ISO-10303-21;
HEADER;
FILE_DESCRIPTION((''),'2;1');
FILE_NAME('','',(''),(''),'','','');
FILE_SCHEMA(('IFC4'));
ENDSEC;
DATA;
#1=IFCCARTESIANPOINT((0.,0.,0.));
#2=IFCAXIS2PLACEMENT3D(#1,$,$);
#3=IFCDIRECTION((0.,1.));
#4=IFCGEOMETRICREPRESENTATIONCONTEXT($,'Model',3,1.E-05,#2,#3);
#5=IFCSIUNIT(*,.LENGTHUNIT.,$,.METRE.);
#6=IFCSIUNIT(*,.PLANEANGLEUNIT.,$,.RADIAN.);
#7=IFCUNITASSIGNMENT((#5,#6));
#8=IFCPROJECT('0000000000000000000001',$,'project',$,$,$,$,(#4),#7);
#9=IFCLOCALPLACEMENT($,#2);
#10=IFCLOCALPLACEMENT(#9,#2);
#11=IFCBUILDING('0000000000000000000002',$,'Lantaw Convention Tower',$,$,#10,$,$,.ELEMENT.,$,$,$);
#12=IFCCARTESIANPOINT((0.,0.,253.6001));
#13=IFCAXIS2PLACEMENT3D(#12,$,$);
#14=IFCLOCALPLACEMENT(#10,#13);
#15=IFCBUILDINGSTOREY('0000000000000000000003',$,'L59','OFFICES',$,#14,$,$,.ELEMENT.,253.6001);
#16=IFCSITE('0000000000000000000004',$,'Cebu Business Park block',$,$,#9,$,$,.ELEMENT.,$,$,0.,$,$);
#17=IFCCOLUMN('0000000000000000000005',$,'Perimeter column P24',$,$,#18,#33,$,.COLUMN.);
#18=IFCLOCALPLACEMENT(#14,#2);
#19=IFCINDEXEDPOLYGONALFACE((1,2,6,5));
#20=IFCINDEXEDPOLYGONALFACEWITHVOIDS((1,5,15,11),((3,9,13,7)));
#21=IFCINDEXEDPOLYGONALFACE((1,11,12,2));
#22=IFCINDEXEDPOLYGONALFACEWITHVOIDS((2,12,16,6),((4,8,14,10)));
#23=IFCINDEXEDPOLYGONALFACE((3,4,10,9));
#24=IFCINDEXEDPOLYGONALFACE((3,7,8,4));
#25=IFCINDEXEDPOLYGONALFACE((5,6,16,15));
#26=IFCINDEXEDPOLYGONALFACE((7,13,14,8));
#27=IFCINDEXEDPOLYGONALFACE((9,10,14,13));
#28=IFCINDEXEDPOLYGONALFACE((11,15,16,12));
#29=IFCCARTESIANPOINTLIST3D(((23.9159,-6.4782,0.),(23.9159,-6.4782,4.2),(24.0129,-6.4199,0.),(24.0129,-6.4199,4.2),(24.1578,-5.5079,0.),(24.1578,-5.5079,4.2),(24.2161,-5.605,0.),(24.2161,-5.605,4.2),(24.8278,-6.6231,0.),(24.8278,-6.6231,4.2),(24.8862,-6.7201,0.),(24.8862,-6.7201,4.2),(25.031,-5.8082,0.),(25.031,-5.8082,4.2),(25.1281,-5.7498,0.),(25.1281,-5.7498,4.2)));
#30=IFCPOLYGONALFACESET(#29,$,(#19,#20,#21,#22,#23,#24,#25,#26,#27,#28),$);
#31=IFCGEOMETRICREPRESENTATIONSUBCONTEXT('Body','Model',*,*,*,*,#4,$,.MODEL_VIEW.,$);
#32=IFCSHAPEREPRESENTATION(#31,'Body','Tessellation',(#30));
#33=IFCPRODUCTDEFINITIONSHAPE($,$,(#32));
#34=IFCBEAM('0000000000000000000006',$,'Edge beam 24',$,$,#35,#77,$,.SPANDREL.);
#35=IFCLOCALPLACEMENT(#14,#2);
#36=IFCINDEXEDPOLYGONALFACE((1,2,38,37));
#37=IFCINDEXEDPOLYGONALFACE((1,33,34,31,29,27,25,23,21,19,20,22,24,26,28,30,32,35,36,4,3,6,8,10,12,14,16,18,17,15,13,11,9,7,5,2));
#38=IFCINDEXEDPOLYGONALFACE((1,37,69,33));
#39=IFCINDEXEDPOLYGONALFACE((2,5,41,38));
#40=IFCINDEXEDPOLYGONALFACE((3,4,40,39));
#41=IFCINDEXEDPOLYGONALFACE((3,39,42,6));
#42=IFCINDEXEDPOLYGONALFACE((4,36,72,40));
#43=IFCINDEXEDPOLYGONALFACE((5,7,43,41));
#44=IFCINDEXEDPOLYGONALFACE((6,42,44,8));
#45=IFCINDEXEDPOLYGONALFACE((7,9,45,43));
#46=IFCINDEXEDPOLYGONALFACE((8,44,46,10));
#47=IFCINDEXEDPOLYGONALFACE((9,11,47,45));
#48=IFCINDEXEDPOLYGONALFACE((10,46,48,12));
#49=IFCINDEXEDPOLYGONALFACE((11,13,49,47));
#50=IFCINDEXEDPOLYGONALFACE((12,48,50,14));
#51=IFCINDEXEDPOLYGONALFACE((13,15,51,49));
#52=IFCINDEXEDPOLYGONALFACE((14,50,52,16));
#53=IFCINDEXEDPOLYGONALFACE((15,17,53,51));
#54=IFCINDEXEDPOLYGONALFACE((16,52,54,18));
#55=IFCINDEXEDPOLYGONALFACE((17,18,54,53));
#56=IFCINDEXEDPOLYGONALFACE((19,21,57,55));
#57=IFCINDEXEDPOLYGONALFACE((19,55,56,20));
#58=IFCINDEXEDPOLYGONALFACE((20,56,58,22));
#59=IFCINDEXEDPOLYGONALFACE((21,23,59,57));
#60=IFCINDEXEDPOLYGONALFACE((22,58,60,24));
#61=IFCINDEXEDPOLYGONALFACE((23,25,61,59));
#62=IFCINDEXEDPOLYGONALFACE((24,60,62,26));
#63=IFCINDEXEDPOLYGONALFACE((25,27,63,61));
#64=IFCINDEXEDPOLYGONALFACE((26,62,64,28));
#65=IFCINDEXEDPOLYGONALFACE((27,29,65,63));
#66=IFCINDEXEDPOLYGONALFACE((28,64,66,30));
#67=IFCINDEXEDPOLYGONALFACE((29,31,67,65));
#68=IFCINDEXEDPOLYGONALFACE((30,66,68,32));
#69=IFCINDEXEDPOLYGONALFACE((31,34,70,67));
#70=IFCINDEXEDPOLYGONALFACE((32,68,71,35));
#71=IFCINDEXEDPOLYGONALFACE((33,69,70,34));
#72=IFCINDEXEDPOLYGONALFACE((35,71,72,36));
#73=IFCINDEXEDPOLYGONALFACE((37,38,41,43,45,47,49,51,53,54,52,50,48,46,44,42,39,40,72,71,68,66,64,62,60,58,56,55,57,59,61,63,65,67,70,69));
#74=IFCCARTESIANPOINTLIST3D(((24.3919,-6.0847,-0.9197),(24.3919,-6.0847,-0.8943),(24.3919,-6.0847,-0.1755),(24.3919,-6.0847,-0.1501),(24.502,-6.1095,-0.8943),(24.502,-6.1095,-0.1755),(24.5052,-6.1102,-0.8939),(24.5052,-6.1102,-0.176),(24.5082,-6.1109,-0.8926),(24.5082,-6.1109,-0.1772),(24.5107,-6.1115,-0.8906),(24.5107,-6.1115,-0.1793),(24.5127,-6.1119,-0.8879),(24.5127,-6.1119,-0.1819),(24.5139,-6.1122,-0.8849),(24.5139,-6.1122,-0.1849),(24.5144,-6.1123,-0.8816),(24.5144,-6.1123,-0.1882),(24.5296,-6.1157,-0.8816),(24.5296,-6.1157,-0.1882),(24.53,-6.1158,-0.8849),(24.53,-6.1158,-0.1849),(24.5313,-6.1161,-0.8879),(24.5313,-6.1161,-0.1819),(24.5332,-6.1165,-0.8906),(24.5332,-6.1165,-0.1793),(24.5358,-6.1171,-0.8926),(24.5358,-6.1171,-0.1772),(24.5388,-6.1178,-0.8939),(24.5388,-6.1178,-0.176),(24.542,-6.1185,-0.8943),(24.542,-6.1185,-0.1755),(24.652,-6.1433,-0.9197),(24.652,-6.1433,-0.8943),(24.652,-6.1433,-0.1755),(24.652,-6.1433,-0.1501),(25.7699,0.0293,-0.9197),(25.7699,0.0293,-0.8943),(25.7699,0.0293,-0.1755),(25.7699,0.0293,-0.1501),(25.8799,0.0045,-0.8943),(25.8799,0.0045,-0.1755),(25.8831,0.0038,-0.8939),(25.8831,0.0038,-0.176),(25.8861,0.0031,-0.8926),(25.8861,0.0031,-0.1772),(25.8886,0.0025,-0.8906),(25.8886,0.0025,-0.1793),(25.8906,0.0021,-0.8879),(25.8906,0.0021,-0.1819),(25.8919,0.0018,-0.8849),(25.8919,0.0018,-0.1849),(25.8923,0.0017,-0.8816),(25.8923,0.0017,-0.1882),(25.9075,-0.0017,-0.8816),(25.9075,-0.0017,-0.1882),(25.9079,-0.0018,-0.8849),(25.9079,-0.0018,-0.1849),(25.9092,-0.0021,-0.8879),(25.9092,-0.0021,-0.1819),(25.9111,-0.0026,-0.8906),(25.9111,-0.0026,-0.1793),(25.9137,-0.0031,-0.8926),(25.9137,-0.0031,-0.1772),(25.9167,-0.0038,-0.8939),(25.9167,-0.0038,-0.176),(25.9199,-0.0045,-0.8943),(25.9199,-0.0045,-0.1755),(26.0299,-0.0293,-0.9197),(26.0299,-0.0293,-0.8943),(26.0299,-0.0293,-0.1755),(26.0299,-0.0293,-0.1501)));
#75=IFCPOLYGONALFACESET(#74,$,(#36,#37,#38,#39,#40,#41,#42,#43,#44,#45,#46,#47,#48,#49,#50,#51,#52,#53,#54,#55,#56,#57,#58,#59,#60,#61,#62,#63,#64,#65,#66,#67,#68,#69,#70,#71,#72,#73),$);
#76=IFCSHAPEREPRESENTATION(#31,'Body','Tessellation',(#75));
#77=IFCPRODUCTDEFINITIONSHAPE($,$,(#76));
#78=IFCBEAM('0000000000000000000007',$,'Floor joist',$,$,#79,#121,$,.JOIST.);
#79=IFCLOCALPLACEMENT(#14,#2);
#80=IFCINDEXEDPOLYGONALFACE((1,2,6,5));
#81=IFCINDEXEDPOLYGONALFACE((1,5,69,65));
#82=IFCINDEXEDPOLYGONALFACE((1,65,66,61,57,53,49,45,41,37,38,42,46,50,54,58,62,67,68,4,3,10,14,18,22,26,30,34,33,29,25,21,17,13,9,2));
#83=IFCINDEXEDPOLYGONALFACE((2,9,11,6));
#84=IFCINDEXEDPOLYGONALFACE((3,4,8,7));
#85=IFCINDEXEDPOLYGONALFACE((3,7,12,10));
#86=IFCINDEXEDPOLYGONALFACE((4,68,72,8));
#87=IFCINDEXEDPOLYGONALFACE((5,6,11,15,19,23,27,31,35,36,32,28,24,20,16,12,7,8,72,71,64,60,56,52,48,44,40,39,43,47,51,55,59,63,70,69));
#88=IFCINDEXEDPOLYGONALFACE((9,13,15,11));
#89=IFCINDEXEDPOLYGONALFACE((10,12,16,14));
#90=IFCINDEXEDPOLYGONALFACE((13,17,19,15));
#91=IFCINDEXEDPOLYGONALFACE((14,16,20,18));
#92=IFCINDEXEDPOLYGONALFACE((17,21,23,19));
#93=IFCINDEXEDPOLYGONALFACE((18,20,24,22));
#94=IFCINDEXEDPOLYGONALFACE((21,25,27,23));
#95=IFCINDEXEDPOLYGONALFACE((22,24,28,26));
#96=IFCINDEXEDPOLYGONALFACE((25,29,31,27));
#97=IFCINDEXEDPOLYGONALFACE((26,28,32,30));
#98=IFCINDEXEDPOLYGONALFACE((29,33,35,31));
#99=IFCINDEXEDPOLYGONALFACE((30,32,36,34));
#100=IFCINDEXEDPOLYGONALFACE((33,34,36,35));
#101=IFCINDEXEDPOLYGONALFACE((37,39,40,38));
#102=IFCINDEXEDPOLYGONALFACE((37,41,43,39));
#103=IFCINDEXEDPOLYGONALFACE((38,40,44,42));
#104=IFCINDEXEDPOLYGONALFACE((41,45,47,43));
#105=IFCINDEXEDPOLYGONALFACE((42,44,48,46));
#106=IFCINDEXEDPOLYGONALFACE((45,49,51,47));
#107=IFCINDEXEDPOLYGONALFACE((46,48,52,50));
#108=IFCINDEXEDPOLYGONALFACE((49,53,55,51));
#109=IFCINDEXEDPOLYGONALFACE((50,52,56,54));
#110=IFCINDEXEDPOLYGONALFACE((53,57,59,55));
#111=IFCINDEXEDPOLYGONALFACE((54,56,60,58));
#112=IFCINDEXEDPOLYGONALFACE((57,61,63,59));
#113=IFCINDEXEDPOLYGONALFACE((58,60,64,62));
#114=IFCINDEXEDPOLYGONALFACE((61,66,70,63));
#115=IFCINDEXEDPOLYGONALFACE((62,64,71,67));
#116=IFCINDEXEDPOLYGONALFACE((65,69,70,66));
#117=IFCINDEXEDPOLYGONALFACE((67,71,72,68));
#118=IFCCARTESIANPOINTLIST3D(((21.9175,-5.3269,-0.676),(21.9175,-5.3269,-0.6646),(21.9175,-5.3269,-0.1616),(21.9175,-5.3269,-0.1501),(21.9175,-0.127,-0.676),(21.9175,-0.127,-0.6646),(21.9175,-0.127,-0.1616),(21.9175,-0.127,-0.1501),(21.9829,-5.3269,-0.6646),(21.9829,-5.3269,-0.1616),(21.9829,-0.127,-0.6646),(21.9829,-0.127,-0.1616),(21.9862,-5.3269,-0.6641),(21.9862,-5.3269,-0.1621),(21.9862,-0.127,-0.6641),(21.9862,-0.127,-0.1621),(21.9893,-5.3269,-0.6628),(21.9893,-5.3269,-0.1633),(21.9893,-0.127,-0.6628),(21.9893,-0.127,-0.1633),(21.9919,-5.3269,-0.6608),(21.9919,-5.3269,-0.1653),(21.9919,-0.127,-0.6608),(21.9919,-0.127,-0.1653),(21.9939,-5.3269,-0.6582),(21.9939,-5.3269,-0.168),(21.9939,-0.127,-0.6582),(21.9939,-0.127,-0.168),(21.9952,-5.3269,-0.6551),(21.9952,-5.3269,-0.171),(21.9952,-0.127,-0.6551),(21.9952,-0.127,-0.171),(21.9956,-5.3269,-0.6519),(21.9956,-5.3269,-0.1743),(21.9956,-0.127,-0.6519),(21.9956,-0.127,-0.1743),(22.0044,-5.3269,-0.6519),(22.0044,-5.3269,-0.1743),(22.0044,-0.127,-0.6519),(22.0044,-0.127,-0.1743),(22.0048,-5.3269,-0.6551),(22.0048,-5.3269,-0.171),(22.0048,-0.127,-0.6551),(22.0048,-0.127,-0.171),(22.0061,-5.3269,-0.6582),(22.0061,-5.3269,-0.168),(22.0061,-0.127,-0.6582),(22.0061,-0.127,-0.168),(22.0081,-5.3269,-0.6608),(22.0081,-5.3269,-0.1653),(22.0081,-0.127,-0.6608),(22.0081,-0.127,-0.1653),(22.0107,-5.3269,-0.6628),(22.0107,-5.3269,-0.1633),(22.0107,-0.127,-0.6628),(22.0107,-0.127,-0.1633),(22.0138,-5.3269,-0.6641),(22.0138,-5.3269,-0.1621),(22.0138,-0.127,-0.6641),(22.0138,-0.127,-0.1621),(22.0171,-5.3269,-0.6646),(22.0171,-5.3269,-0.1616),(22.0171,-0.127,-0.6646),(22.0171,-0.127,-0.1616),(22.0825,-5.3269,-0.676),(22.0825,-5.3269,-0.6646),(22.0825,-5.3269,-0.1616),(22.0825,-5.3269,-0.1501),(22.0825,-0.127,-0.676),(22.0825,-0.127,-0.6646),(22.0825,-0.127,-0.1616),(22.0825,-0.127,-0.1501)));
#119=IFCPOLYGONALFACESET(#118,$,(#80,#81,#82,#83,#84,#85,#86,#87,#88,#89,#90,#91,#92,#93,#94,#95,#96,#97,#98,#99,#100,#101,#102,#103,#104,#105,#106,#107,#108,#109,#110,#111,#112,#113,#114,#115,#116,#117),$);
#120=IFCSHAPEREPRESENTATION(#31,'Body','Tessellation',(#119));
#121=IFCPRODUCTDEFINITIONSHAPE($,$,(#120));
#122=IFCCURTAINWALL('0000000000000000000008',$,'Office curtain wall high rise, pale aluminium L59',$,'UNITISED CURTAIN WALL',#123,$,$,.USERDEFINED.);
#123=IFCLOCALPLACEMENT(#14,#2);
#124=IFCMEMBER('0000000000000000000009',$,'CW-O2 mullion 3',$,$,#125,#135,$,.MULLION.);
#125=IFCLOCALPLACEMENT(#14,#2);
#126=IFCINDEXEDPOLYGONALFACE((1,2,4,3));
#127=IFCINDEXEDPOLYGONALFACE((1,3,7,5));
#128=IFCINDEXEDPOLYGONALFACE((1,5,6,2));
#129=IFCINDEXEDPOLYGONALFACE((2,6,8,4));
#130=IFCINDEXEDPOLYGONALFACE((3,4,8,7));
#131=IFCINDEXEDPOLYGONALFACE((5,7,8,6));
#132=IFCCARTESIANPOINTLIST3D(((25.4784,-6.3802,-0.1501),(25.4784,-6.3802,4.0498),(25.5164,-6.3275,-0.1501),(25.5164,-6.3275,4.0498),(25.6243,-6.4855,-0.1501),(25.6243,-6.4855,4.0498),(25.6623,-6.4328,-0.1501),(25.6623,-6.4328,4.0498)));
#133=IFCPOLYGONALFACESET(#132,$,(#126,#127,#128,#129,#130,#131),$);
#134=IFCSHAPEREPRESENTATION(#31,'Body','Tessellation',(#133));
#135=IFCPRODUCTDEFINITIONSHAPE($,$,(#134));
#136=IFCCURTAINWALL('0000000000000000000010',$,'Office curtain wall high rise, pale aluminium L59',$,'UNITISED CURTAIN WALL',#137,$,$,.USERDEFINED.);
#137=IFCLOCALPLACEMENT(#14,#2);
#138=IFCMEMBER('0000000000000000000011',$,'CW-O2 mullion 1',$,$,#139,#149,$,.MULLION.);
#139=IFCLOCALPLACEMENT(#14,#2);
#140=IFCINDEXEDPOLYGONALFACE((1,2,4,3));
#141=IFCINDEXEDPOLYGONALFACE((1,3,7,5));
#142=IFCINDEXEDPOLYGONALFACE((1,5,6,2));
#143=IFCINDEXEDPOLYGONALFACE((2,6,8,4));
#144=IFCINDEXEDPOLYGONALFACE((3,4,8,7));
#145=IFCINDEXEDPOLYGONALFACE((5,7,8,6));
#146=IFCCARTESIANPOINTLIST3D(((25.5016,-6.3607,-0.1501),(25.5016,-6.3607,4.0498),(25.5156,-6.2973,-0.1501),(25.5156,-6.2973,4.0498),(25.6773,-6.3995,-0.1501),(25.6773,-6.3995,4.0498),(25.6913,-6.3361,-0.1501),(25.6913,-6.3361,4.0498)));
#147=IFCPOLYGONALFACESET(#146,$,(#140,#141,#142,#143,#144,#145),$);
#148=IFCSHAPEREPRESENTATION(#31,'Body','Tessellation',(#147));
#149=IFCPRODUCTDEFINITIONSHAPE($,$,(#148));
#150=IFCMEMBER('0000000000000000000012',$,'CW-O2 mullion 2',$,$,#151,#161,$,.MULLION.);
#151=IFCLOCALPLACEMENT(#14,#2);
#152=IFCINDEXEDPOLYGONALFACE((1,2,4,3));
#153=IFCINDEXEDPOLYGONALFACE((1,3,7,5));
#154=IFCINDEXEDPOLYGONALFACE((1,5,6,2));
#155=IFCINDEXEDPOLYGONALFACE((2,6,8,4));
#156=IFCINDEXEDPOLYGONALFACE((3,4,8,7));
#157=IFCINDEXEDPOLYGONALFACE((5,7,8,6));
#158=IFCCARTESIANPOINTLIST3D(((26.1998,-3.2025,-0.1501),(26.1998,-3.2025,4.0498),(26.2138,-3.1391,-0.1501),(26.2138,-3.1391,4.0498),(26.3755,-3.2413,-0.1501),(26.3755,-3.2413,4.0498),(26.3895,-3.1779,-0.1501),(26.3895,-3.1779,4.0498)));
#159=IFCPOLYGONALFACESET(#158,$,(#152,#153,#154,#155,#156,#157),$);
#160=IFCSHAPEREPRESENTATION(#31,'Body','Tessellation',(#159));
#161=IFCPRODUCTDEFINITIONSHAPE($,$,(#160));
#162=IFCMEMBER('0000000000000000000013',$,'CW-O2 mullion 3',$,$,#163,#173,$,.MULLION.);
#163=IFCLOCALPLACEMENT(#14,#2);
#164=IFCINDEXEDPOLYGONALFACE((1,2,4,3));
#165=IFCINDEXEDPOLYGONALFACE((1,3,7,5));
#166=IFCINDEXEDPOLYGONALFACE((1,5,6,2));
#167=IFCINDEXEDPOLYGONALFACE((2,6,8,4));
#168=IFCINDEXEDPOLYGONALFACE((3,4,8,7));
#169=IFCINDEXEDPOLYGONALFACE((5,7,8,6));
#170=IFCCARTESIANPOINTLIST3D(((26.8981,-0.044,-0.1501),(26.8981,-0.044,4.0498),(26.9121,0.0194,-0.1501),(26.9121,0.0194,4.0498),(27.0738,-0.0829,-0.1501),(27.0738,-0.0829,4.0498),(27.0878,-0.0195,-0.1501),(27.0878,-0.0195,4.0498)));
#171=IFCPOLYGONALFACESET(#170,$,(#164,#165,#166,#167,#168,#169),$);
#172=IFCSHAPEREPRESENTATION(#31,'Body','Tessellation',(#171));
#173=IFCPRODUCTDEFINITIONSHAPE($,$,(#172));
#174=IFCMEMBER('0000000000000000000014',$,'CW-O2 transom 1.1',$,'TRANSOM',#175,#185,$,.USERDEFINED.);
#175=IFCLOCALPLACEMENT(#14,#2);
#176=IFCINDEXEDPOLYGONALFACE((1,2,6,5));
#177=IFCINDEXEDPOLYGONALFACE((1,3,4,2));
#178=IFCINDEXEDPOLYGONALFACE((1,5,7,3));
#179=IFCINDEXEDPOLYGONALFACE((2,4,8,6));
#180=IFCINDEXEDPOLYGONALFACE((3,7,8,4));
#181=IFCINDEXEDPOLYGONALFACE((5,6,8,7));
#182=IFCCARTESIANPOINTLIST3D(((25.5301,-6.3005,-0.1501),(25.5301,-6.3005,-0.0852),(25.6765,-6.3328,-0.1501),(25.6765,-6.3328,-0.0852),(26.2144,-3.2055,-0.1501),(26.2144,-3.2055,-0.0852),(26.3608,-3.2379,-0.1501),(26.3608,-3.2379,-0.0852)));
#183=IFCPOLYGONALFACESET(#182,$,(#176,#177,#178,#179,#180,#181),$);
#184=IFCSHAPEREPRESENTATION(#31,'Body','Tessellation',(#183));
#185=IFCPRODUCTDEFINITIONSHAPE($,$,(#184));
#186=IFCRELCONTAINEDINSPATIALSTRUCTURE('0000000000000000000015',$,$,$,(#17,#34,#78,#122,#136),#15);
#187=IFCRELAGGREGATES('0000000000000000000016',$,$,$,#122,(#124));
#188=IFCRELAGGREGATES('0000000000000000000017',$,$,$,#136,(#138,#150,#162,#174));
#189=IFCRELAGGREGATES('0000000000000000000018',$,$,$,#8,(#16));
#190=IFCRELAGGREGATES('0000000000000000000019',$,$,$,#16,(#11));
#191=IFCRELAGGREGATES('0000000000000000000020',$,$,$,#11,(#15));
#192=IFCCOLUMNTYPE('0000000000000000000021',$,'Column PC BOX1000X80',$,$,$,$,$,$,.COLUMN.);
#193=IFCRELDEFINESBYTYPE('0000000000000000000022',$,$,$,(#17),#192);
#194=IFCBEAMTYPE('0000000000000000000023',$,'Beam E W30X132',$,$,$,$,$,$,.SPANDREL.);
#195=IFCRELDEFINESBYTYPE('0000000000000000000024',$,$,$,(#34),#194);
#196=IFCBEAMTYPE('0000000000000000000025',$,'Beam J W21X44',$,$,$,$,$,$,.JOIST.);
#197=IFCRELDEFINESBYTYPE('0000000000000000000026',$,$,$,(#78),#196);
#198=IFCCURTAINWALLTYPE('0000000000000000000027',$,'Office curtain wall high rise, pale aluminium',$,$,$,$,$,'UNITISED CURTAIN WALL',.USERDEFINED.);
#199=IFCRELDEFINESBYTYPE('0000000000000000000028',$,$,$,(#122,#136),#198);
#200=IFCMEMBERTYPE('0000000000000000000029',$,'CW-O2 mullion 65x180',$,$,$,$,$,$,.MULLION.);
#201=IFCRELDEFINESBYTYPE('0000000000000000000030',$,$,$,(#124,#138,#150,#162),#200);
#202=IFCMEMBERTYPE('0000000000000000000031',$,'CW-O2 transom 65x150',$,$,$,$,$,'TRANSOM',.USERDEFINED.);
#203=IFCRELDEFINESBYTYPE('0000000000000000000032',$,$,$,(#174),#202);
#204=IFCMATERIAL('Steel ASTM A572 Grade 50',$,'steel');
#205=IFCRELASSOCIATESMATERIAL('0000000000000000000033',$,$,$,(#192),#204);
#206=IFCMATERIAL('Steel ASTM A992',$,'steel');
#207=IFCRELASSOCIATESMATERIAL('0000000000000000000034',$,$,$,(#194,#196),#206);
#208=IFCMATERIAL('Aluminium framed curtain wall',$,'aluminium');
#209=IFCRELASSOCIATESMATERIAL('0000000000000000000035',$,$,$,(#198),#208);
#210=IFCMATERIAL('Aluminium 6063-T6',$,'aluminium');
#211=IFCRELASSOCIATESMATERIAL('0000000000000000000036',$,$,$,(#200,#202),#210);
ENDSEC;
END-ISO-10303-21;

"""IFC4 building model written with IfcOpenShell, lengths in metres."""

from ifc_helpers import new_model, si_unit, direction, frame, origin, origin_2d, place, context, subcontext, project, spatial, rectangle, hollow_rectangle, i_section, extrude, material, material_profile, profile_set, type_object, element, aggregate, save


model = new_model("IFC4")

# Units and contexts
model_context = context("Model", 3, precision=1e-05, world=origin(), true_north=direction((0.0, 1.0)))
body_context = subcontext(model_context, "Body", "Model", "MODEL_VIEW")
ifc_project = project(units=[si_unit("LENGTHUNIT", "METRE"), si_unit("PLANEANGLEUNIT", "RADIAN")], contexts=[model_context])

# Site, building, storey
site_placement = place(None, origin())
site = spatial("IfcSite", under=ifc_project, at=site_placement, Name="Cebu Business Park block", CompositionType="ELEMENT", RefElevation=0.0)
building_placement = place(site_placement, origin())
building = spatial("IfcBuilding", under=site, at=building_placement, Name="Lantaw Convention Tower", CompositionType="ELEMENT")
storey_placement = place(building_placement, frame((0.0, 0.0, 253.6001)))
storey = spatial("IfcBuildingStorey", under=building, at=storey_placement, Name="L59", Description="OFFICES", CompositionType="ELEMENT", Elevation=253.6001)

# Column
ifc_material_1 = material(Name="Steel ASTM A572 Grade 50", Category="steel")
ifc_material_profile_1 = material_profile(ifc_material_1, hollow_rectangle(XDim=1.0, YDim=1.0, WallThickness=0.0801, at=origin_2d()), Name="BOX1000X80")
ifc_material_2 = material(Name="Concrete C60/75", Category="concrete")
ifc_material_profile_2 = material_profile(ifc_material_2, rectangle(XDim=0.8401, YDim=0.8401, at=origin_2d()), Name="Concrete fill of BOX1000X80")
ifc_profile_set_1 = profile_set([ifc_material_profile_1, ifc_material_profile_2], Name="Steel ASTM A572 Grade 50")
column_type = type_object("IfcColumnType", Name="Column PC BOX1000X80", PredefinedType="COLUMN", material=ifc_profile_set_1)
column_placement = place(storey_placement, frame((24.522, -6.114, 0.0), z_axis=(0.0, 0.0, 1.0), x_axis=(0.241922, 0.970296, 0.0)))
element("IfcColumn", 1, at=column_placement, inside=storey, type_object=column_type, Name="Perimeter column P24", PredefinedType="COLUMN", context=body_context, shape_type="SweptSolid", body=[
    extrude(hollow_rectangle(XDim=1.0, YDim=1.0, WallThickness=0.0801, at=origin_2d()), origin(), (0.0, 0.0, 1.0), 4.2),
])

# Beams
ifc_material_3 = material(Name="Steel ASTM A992", Category="steel")
ifc_material_profile_3 = material_profile(ifc_material_3, i_section(OverallWidth=0.2666, OverallDepth=0.7695, WebThickness=0.0156, FlangeThickness=0.0254, FilletRadius=0.0127, at=origin_2d()), Name="W30X132")
ifc_profile_set_2 = profile_set([ifc_material_profile_3], Name="Steel ASTM A992")
beam_type_1 = type_object("IfcBeamType", Name="Beam E W30X132", PredefinedType="SPANDREL", material=ifc_profile_set_2)
beam_1_placement = place(storey_placement, frame((24.522, -6.114, -0.5349), z_axis=(0.219858, 0.975532, 0.0), x_axis=(-0.975532, 0.219858, 0.0)))
element("IfcBeam", 2, at=beam_1_placement, inside=storey, type_object=beam_type_1, Name="Edge beam 24", PredefinedType="SPANDREL", context=body_context, shape_type="SweptSolid", body=[
    extrude(i_section(OverallWidth=0.2666, OverallDepth=0.7695, WebThickness=0.0156, FlangeThickness=0.0254, FilletRadius=0.0127, at=origin_2d()), origin(), (0.0, 0.0, 1.0), 6.2673),
])
ifc_material_profile_4 = material_profile(ifc_material_3, i_section(OverallWidth=0.165, OverallDepth=0.5259, WebThickness=0.0088, FlangeThickness=0.0115, FilletRadius=0.0127, at=origin_2d()), Name="W21X44")
ifc_profile_set_3 = profile_set([ifc_material_profile_4], Name="Steel ASTM A992")
beam_type_2 = type_object("IfcBeamType", Name="Beam J W21X44", PredefinedType="JOIST", material=ifc_profile_set_3)
beam_2_placement = place(storey_placement, frame((22.0, -5.3269, -0.4131), z_axis=(0.0, 1.0, 0.0), x_axis=(-1.0, 0.0, 0.0)))
element("IfcBeam", 3, at=beam_2_placement, inside=storey, type_object=beam_type_2, Name="Floor joist", PredefinedType="JOIST", context=body_context, shape_type="SweptSolid", body=[
    extrude(i_section(OverallWidth=0.165, OverallDepth=0.5259, WebThickness=0.0088, FlangeThickness=0.0115, FilletRadius=0.0127, at=origin_2d()), origin(), (0.0, 0.0, 1.0), 5.2),
])

# Curtain wall, member
ifc_material_4 = material(Name="Aluminium framed curtain wall", Category="aluminium")
curtain_wall_type = type_object("IfcCurtainWallType", Name="Office curtain wall high rise, pale aluminium", ElementType="UNITISED CURTAIN WALL", PredefinedType="USERDEFINED", material=ifc_material_4)
curtain_wall_1_placement = place(storey_placement, origin())
curtain_wall_1 = element("IfcCurtainWall", 4, at=curtain_wall_1_placement, inside=storey, type_object=curtain_wall_type, Name="Office curtain wall high rise, pale aluminium L59", ObjectType="UNITISED CURTAIN WALL", PredefinedType="USERDEFINED")
ifc_material_5 = material(Name="Aluminium 6063-T6", Category="aluminium")
ifc_material_profile_5 = material_profile(ifc_material_5, rectangle(XDim=0.1799, YDim=0.0649, at=origin_2d()), Name="CW-O2 mullion 65x180")
ifc_profile_set_4 = profile_set([ifc_material_profile_5], Name="Aluminium 6063-T6")
member_type_1 = type_object("IfcMemberType", Name="CW-O2 mullion 65x180", PredefinedType="MULLION", material=ifc_profile_set_4)
member_1_placement = place(storey_placement, frame((25.5703, -6.4065, -0.1501), z_axis=(0.0, 0.0, 1.0), x_axis=(-0.81092, 0.585158, 0.0)))
member_1 = element("IfcMember", 5, at=member_1_placement, type_object=member_type_1, Name="CW-O2 mullion 3", PredefinedType="MULLION", context=body_context, shape_type="SweptSolid", body=[
    extrude(rectangle(XDim=0.1799, YDim=0.0649, at=origin_2d()), origin(), (0.0, 0.0, 1.0), 4.2),
])

# Curtain wall, members
curtain_wall_2_placement = place(storey_placement, origin())
curtain_wall_2 = element("IfcCurtainWall", 6, at=curtain_wall_2_placement, inside=storey, type_object=curtain_wall_type, Name="Office curtain wall high rise, pale aluminium L59", ObjectType="UNITISED CURTAIN WALL", PredefinedType="USERDEFINED")
member_2_placement = place(storey_placement, frame((25.5964, -6.3484, -0.1501), z_axis=(0.0, 0.0, 1.0), x_axis=(-0.976417, 0.215891, 0.0)))
member_2 = element("IfcMember", 7, at=member_2_placement, type_object=member_type_1, Name="CW-O2 mullion 1", PredefinedType="MULLION", context=body_context, shape_type="SweptSolid", body=[
    extrude(rectangle(XDim=0.1799, YDim=0.0649, at=origin_2d()), origin(), (0.0, 0.0, 1.0), 4.2),
])
member_3_placement = place(storey_placement, frame((26.2947, -3.1902, -0.1501), z_axis=(0.0, 0.0, 1.0), x_axis=(-0.976417, 0.215891, 0.0)))
member_3 = element("IfcMember", 8, at=member_3_placement, type_object=member_type_1, Name="CW-O2 mullion 2", PredefinedType="MULLION", context=body_context, shape_type="SweptSolid", body=[
    extrude(rectangle(XDim=0.1799, YDim=0.0649, at=origin_2d()), origin(), (0.0, 0.0, 1.0), 4.2),
])
member_4_placement = place(storey_placement, frame((26.9929, -0.0317, -0.1501), z_axis=(0.0, 0.0, 1.0), x_axis=(-0.976417, 0.215891, 0.0)))
member_4 = element("IfcMember", 9, at=member_4_placement, type_object=member_type_1, Name="CW-O2 mullion 3", PredefinedType="MULLION", context=body_context, shape_type="SweptSolid", body=[
    extrude(rectangle(XDim=0.1799, YDim=0.0649, at=origin_2d()), origin(), (0.0, 0.0, 1.0), 4.2),
])
ifc_material_profile_6 = material_profile(ifc_material_5, rectangle(XDim=0.1499, YDim=0.0649, at=origin_2d()), Name="CW-O2 transom 65x150")
ifc_profile_set_5 = profile_set([ifc_material_profile_6], Name="Aluminium 6063-T6")
member_type_2 = type_object("IfcMemberType", Name="CW-O2 transom 65x150", ElementType="TRANSOM", PredefinedType="USERDEFINED", material=ifc_profile_set_5)
member_5_placement = place(storey_placement, frame((25.6033, -6.3167, -0.1177), z_axis=(0.215895, 0.976417, 0.0), x_axis=(-0.976417, 0.215895, 0.0)))
member_5 = element("IfcMember", 10, at=member_5_placement, type_object=member_type_2, Name="CW-O2 transom 1.1", ObjectType="TRANSOM", PredefinedType="USERDEFINED", context=body_context, shape_type="SweptSolid", body=[
    extrude(rectangle(XDim=0.1499, YDim=0.0649, at=origin_2d()), origin(), (0.0, 0.0, 1.0), 3.1697),
])

aggregate(curtain_wall_1, [member_1])
aggregate(curtain_wall_2, [member_2, member_3, member_4, member_5])

save(model, "model.ifc")
